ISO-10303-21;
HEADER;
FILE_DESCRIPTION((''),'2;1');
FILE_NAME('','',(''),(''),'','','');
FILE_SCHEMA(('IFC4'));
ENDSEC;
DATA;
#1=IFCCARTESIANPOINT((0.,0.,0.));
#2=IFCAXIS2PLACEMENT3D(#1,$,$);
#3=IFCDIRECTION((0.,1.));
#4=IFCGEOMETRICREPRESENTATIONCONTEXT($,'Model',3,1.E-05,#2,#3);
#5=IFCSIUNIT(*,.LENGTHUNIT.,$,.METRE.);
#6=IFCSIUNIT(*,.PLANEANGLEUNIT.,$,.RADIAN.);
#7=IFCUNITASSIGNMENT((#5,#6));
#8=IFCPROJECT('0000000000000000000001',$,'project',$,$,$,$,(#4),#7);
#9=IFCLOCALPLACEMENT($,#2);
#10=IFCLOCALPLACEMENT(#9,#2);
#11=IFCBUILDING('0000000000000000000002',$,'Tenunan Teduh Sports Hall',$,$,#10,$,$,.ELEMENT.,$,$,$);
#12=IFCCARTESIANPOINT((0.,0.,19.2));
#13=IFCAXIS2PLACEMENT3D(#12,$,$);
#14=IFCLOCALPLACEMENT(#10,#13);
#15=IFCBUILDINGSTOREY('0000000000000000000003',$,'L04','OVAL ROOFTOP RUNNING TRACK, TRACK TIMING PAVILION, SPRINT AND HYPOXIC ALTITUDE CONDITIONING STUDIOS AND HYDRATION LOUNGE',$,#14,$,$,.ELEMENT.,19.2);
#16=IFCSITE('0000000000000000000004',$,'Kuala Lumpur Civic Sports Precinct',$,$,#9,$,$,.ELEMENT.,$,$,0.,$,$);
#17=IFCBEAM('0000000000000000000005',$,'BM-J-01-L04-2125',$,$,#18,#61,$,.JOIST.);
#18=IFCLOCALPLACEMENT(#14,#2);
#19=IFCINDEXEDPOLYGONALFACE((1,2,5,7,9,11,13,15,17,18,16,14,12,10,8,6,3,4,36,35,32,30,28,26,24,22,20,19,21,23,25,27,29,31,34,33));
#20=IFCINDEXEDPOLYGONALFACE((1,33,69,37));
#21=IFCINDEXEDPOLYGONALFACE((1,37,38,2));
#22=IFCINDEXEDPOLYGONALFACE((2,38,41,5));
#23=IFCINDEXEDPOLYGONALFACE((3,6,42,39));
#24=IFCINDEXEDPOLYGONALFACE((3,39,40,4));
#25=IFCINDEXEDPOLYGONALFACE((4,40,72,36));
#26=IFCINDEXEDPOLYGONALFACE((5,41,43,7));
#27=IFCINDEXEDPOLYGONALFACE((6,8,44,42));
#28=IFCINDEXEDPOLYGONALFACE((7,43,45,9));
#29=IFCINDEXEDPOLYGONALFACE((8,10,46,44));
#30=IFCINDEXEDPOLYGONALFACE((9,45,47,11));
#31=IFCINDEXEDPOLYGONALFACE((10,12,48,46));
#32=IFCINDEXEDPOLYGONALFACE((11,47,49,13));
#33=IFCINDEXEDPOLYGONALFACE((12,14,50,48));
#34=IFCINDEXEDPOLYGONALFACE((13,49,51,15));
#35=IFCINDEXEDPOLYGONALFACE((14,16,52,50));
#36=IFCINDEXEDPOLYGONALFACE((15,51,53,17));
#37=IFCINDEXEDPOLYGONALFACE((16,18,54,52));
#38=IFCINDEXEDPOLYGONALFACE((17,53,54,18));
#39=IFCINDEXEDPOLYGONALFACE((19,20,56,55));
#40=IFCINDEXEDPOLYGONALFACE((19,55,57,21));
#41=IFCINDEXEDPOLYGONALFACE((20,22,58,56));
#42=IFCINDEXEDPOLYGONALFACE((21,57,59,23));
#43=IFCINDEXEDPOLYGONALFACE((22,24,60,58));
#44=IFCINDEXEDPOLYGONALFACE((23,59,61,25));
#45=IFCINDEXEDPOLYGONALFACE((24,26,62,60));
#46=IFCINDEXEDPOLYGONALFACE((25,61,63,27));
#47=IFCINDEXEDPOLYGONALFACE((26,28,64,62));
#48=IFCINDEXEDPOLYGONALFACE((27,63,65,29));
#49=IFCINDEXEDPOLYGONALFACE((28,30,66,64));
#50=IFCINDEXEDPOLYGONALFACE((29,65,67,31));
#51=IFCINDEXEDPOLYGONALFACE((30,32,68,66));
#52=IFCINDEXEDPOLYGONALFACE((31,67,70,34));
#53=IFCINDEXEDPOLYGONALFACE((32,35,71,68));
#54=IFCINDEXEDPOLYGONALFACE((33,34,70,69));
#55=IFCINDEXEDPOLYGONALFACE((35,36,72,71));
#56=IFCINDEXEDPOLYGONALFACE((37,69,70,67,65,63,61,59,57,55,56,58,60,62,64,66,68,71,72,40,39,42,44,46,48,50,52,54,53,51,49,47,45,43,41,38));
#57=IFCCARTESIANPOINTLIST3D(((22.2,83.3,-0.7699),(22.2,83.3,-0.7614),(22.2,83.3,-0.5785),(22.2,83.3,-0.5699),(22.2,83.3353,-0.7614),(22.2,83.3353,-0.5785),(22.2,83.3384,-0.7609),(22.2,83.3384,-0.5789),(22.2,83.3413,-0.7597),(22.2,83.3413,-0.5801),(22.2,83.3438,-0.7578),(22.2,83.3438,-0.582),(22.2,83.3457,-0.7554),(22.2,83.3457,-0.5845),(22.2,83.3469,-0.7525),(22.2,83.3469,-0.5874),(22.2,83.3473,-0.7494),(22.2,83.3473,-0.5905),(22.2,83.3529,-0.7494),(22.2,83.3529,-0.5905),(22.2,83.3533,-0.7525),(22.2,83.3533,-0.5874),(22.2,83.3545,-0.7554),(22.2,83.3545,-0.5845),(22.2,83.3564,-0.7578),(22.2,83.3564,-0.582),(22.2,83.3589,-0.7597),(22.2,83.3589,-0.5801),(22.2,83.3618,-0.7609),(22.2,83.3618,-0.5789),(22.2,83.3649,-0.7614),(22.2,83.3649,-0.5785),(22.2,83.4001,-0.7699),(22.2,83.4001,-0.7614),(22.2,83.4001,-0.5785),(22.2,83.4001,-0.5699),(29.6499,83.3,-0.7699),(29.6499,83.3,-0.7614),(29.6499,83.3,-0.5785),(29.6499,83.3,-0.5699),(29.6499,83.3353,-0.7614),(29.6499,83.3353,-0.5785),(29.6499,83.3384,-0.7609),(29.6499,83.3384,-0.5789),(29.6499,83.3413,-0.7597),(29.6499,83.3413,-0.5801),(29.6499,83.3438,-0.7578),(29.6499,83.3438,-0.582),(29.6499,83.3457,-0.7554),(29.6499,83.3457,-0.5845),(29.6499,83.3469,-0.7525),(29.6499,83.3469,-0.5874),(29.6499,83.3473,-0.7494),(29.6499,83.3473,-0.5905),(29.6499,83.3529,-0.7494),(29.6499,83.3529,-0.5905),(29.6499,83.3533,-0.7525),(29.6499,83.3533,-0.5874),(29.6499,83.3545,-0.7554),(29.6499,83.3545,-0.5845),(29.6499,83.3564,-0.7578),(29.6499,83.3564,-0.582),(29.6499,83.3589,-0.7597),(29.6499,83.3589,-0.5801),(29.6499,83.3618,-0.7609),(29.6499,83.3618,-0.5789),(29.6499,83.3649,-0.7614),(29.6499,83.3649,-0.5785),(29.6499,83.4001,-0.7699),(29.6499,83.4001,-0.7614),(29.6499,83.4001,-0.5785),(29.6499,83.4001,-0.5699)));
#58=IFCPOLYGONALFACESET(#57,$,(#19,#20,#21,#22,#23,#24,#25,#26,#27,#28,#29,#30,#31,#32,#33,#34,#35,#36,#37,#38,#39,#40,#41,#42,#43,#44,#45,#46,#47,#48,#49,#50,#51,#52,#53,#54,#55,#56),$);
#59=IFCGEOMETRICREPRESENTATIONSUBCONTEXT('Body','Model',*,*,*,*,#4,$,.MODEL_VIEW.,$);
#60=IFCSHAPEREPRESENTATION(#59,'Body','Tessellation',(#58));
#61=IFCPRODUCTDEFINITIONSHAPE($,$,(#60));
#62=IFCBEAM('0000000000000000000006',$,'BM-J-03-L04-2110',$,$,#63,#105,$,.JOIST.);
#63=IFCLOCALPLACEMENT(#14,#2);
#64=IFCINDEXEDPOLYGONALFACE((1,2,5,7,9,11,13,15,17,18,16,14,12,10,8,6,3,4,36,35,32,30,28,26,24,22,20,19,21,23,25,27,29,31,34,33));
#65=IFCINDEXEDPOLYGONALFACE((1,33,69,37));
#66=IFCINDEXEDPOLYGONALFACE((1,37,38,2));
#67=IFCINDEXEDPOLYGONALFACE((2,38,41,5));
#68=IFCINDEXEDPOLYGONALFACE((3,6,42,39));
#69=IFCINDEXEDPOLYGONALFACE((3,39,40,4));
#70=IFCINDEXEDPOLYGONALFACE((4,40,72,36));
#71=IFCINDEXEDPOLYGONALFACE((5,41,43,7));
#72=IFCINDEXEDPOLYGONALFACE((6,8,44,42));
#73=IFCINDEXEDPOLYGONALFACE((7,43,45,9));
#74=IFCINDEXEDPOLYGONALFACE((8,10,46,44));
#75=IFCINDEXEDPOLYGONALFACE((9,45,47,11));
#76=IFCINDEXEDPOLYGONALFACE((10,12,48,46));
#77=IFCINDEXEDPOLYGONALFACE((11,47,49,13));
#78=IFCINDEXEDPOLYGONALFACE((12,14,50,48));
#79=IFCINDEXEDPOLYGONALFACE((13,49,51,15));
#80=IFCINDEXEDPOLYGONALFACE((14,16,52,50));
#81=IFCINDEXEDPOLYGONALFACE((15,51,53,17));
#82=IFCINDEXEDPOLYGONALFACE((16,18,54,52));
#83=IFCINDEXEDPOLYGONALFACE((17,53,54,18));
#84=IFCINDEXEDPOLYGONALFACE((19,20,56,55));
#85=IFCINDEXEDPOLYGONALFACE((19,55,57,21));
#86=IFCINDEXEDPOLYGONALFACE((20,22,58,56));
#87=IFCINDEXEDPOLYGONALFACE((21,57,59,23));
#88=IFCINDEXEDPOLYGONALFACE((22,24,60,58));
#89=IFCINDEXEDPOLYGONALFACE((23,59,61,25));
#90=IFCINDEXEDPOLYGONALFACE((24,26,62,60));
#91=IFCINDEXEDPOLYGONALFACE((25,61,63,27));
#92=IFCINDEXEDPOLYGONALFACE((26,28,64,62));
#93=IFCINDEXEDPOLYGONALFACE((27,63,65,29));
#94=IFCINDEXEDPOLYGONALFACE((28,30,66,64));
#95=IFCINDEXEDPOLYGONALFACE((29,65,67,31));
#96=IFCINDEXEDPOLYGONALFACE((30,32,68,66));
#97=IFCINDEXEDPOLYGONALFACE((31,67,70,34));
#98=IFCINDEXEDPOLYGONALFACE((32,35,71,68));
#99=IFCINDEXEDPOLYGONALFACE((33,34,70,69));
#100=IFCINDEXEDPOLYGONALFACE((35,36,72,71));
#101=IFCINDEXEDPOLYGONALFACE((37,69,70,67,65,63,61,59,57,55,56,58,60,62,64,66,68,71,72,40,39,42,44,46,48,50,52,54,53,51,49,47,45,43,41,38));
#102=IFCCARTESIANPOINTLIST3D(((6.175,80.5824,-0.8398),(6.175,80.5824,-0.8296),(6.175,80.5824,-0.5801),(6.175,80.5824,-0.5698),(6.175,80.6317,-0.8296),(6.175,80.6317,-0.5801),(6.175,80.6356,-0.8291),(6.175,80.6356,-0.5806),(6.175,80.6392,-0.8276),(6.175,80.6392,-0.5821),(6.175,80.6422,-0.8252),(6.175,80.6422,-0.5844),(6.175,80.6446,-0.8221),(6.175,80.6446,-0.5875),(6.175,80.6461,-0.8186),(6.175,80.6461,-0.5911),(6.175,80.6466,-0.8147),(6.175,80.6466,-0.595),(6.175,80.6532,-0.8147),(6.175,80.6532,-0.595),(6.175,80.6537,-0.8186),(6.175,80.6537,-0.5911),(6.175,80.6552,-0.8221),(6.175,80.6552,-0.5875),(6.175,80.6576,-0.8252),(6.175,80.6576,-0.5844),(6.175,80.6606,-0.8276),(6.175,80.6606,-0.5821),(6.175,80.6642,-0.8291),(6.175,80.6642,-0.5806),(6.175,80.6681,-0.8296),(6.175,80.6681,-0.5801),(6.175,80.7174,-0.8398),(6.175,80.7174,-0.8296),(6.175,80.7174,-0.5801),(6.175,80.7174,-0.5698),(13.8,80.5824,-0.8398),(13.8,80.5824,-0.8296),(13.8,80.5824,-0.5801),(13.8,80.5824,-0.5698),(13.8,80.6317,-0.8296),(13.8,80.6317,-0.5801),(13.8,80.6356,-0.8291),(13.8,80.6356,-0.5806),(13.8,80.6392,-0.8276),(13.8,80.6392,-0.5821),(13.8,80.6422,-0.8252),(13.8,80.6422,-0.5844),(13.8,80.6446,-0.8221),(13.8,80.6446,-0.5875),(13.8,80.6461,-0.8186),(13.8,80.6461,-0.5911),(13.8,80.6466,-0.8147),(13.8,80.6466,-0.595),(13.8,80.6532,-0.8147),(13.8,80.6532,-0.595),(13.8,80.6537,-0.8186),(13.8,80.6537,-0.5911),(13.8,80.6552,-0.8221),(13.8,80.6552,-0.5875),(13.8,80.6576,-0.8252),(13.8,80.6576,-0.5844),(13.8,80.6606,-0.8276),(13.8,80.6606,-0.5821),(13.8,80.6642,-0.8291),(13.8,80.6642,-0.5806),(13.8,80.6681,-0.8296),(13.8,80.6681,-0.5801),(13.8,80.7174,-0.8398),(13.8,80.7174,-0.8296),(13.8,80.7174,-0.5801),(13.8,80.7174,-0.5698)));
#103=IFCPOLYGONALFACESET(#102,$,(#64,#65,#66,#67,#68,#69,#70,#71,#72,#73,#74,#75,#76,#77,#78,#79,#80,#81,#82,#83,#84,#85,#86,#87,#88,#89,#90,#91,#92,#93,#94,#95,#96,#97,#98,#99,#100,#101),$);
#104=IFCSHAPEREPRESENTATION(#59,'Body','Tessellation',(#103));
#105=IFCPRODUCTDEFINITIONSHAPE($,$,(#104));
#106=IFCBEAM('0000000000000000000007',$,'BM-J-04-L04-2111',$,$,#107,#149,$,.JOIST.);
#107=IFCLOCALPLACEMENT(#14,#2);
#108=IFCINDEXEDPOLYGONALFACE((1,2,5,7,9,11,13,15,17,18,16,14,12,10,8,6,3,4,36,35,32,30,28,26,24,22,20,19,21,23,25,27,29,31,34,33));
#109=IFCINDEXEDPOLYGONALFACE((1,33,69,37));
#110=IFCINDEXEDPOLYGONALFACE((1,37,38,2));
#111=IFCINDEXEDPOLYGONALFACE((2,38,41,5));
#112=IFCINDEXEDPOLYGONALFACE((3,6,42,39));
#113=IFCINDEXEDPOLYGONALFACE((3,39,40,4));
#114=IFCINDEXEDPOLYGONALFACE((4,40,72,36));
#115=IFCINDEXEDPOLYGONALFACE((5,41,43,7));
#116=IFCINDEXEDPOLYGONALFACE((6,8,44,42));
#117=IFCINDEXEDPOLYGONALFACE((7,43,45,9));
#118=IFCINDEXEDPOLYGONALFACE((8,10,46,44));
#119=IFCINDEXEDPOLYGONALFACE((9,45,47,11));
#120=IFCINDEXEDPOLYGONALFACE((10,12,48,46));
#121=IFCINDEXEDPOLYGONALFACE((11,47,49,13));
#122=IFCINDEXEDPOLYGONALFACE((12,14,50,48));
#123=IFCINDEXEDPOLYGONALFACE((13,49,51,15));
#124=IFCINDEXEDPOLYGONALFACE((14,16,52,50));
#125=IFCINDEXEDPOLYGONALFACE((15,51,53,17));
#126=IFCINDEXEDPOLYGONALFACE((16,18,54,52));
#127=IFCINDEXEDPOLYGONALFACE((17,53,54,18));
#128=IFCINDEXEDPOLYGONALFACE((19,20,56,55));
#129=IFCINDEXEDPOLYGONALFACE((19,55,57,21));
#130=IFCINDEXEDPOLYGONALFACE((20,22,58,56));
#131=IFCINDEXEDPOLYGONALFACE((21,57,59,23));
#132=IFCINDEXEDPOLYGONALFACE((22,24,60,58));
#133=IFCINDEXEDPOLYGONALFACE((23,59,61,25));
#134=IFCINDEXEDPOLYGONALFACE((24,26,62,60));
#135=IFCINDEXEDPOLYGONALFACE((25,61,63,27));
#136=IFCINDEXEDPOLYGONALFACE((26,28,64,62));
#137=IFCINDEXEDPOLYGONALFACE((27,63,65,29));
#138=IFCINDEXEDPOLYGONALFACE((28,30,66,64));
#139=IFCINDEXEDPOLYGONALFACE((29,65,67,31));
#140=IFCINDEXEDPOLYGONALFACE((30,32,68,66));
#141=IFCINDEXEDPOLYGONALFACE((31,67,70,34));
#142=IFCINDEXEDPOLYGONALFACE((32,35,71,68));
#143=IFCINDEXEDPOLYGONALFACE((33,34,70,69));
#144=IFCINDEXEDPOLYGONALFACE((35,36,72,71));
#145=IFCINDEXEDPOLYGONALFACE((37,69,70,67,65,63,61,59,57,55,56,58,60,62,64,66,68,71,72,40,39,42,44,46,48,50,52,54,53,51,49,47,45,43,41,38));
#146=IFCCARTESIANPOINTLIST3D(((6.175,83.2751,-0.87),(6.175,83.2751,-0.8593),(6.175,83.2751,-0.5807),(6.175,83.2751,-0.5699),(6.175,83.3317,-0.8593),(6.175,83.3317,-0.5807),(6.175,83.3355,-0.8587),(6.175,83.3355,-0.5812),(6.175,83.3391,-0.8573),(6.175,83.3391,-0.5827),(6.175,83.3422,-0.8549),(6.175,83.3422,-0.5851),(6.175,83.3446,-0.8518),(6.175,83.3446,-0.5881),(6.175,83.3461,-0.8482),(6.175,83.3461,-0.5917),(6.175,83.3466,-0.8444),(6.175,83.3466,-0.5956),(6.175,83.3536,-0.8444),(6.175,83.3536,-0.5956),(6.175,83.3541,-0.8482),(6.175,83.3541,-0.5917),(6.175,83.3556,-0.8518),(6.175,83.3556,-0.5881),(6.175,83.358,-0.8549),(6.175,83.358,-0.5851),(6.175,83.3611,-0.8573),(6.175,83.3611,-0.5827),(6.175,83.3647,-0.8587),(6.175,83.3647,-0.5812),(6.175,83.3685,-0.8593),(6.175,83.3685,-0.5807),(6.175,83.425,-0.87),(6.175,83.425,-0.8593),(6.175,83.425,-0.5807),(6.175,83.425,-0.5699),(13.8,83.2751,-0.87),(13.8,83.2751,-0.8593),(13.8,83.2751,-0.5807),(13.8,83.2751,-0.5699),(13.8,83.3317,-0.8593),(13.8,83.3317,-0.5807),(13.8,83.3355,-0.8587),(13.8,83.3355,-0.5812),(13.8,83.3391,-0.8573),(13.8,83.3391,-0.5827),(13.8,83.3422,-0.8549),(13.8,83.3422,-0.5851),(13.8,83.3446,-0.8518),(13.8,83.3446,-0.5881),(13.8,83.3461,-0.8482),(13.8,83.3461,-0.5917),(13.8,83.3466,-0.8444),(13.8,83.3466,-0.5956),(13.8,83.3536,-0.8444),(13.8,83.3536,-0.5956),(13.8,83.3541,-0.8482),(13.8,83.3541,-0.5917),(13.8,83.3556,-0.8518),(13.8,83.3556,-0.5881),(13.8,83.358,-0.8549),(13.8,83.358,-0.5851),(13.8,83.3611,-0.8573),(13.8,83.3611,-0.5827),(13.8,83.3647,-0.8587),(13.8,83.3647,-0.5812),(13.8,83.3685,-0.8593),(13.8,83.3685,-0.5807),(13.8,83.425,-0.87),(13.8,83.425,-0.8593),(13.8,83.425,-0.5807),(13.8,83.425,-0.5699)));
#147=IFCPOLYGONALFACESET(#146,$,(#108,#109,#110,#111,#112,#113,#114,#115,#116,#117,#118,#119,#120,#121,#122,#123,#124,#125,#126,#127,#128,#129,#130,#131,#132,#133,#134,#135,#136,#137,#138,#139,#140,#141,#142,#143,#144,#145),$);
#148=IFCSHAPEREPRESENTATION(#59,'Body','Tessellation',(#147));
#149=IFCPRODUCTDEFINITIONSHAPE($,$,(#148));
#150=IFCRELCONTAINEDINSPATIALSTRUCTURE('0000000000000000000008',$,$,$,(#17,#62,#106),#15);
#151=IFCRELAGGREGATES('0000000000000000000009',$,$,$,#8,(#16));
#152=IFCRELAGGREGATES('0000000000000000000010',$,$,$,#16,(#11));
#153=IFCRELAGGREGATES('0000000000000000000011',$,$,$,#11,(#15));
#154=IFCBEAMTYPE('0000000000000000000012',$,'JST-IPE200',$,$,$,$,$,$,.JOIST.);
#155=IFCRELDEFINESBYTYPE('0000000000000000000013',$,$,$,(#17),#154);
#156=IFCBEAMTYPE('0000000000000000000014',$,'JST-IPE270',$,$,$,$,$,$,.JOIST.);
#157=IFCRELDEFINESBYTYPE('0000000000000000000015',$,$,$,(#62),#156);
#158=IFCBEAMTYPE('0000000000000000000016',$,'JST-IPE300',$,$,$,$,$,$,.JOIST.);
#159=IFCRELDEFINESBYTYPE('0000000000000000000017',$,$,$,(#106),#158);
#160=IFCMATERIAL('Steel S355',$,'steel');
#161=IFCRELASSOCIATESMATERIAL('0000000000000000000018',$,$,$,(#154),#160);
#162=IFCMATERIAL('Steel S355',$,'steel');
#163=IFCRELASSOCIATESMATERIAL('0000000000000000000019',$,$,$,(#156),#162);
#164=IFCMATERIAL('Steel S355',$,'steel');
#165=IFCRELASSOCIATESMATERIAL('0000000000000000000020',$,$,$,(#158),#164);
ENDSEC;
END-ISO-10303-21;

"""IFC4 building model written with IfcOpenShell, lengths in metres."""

from ifc_helpers import new_model, si_unit, direction, frame, origin, origin_2d, place, context, subcontext, project, spatial, i_section, extrude, material, material_profile, profile_set, type_object, element, save


model = new_model("IFC4")

# Units and contexts
model_context = context("Model", 3, precision=1e-05, world=origin(), true_north=direction((0.0, 1.0)))
body_context = subcontext(model_context, "Body", "Model", "MODEL_VIEW")
ifc_project = project(units=[si_unit("LENGTHUNIT", "METRE"), si_unit("PLANEANGLEUNIT", "RADIAN")], contexts=[model_context])

# Site, building, storey
site_placement = place(None, origin())
site = spatial("IfcSite", under=ifc_project, at=site_placement, Name="Kuala Lumpur Civic Sports Precinct", CompositionType="ELEMENT", RefElevation=0.0)
building_placement = place(site_placement, origin())
building = spatial("IfcBuilding", under=site, at=building_placement, Name="Tenunan Teduh Sports Hall", CompositionType="ELEMENT")
storey_placement = place(building_placement, frame((0.0, 0.0, 19.2)))
storey = spatial("IfcBuildingStorey", under=building, at=storey_placement, Name="L04", Description="OVAL ROOFTOP RUNNING TRACK, TRACK TIMING PAVILION, SPRINT AND HYPOXIC ALTITUDE CONDITIONING STUDIOS AND HYDRATION LOUNGE", CompositionType="ELEMENT", Elevation=19.2)

# Beams
ifc_material_1 = material(Name="Steel S355", Category="steel")
ifc_material_profile_1 = material_profile(ifc_material_1, i_section(OverallWidth=0.1001, OverallDepth=0.2, WebThickness=0.0056, FlangeThickness=0.0085, FilletRadius=0.012, at=origin_2d()), Name="IPE 200")
ifc_profile_set_1 = profile_set([ifc_material_profile_1], Name="Steel S355")
beam_type_1 = type_object("IfcBeamType", Name="JST-IPE200", PredefinedType="JOIST", material=ifc_profile_set_1)
beam_1_placement = place(storey_placement, frame((22.2, 83.3501, -0.6699), z_axis=(1.0, 0.0, 0.0), x_axis=(0.0, 1.0, 0.0)))
element("IfcBeam", 1, at=beam_1_placement, inside=storey, type_object=beam_type_1, Name="BM-J-01-L04-2125", PredefinedType="JOIST", context=body_context, shape_type="SweptSolid", body=[
    extrude(i_section(OverallWidth=0.1001, OverallDepth=0.2, WebThickness=0.0056, FlangeThickness=0.0085, FilletRadius=0.012, at=origin_2d()), origin(), (0.0, 0.0, 1.0), 7.45),
])
ifc_material_2 = material(Name="Steel S355", Category="steel")
ifc_material_profile_2 = material_profile(ifc_material_2, i_section(OverallWidth=0.135, OverallDepth=0.27, WebThickness=0.0066, FlangeThickness=0.0103, FilletRadius=0.0149, at=origin_2d()), Name="IPE 270")
ifc_profile_set_2 = profile_set([ifc_material_profile_2], Name="Steel S355")
beam_type_2 = type_object("IfcBeamType", Name="JST-IPE270", PredefinedType="JOIST", material=ifc_profile_set_2)
beam_2_placement = place(storey_placement, frame((6.175, 80.6499, -0.7048), z_axis=(1.0, 0.0, 0.0), x_axis=(0.0, 1.0, 0.0)))
element("IfcBeam", 2, at=beam_2_placement, inside=storey, type_object=beam_type_2, Name="BM-J-03-L04-2110", PredefinedType="JOIST", context=body_context, shape_type="SweptSolid", body=[
    extrude(i_section(OverallWidth=0.135, OverallDepth=0.27, WebThickness=0.0066, FlangeThickness=0.0103, FilletRadius=0.0149, at=origin_2d()), origin(), (0.0, 0.0, 1.0), 7.625),
])
ifc_material_3 = material(Name="Steel S355", Category="steel")
ifc_material_profile_3 = material_profile(ifc_material_3, i_section(OverallWidth=0.1499, OverallDepth=0.3, WebThickness=0.0071, FlangeThickness=0.0107, FilletRadius=0.0149, at=origin_2d()), Name="IPE 300")
ifc_profile_set_3 = profile_set([ifc_material_profile_3], Name="Steel S355")
beam_type_3 = type_object("IfcBeamType", Name="JST-IPE300", PredefinedType="JOIST", material=ifc_profile_set_3)
beam_3_placement = place(storey_placement, frame((6.175, 83.3501, -0.72), z_axis=(1.0, 0.0, 0.0), x_axis=(0.0, 1.0, 0.0)))
element("IfcBeam", 3, at=beam_3_placement, inside=storey, type_object=beam_type_3, Name="BM-J-04-L04-2111", PredefinedType="JOIST", context=body_context, shape_type="SweptSolid", body=[
    extrude(i_section(OverallWidth=0.1499, OverallDepth=0.3, WebThickness=0.0071, FlangeThickness=0.0107, FilletRadius=0.0149, at=origin_2d()), origin(), (0.0, 0.0, 1.0), 7.625),
])

save(model, "model.ifc")
